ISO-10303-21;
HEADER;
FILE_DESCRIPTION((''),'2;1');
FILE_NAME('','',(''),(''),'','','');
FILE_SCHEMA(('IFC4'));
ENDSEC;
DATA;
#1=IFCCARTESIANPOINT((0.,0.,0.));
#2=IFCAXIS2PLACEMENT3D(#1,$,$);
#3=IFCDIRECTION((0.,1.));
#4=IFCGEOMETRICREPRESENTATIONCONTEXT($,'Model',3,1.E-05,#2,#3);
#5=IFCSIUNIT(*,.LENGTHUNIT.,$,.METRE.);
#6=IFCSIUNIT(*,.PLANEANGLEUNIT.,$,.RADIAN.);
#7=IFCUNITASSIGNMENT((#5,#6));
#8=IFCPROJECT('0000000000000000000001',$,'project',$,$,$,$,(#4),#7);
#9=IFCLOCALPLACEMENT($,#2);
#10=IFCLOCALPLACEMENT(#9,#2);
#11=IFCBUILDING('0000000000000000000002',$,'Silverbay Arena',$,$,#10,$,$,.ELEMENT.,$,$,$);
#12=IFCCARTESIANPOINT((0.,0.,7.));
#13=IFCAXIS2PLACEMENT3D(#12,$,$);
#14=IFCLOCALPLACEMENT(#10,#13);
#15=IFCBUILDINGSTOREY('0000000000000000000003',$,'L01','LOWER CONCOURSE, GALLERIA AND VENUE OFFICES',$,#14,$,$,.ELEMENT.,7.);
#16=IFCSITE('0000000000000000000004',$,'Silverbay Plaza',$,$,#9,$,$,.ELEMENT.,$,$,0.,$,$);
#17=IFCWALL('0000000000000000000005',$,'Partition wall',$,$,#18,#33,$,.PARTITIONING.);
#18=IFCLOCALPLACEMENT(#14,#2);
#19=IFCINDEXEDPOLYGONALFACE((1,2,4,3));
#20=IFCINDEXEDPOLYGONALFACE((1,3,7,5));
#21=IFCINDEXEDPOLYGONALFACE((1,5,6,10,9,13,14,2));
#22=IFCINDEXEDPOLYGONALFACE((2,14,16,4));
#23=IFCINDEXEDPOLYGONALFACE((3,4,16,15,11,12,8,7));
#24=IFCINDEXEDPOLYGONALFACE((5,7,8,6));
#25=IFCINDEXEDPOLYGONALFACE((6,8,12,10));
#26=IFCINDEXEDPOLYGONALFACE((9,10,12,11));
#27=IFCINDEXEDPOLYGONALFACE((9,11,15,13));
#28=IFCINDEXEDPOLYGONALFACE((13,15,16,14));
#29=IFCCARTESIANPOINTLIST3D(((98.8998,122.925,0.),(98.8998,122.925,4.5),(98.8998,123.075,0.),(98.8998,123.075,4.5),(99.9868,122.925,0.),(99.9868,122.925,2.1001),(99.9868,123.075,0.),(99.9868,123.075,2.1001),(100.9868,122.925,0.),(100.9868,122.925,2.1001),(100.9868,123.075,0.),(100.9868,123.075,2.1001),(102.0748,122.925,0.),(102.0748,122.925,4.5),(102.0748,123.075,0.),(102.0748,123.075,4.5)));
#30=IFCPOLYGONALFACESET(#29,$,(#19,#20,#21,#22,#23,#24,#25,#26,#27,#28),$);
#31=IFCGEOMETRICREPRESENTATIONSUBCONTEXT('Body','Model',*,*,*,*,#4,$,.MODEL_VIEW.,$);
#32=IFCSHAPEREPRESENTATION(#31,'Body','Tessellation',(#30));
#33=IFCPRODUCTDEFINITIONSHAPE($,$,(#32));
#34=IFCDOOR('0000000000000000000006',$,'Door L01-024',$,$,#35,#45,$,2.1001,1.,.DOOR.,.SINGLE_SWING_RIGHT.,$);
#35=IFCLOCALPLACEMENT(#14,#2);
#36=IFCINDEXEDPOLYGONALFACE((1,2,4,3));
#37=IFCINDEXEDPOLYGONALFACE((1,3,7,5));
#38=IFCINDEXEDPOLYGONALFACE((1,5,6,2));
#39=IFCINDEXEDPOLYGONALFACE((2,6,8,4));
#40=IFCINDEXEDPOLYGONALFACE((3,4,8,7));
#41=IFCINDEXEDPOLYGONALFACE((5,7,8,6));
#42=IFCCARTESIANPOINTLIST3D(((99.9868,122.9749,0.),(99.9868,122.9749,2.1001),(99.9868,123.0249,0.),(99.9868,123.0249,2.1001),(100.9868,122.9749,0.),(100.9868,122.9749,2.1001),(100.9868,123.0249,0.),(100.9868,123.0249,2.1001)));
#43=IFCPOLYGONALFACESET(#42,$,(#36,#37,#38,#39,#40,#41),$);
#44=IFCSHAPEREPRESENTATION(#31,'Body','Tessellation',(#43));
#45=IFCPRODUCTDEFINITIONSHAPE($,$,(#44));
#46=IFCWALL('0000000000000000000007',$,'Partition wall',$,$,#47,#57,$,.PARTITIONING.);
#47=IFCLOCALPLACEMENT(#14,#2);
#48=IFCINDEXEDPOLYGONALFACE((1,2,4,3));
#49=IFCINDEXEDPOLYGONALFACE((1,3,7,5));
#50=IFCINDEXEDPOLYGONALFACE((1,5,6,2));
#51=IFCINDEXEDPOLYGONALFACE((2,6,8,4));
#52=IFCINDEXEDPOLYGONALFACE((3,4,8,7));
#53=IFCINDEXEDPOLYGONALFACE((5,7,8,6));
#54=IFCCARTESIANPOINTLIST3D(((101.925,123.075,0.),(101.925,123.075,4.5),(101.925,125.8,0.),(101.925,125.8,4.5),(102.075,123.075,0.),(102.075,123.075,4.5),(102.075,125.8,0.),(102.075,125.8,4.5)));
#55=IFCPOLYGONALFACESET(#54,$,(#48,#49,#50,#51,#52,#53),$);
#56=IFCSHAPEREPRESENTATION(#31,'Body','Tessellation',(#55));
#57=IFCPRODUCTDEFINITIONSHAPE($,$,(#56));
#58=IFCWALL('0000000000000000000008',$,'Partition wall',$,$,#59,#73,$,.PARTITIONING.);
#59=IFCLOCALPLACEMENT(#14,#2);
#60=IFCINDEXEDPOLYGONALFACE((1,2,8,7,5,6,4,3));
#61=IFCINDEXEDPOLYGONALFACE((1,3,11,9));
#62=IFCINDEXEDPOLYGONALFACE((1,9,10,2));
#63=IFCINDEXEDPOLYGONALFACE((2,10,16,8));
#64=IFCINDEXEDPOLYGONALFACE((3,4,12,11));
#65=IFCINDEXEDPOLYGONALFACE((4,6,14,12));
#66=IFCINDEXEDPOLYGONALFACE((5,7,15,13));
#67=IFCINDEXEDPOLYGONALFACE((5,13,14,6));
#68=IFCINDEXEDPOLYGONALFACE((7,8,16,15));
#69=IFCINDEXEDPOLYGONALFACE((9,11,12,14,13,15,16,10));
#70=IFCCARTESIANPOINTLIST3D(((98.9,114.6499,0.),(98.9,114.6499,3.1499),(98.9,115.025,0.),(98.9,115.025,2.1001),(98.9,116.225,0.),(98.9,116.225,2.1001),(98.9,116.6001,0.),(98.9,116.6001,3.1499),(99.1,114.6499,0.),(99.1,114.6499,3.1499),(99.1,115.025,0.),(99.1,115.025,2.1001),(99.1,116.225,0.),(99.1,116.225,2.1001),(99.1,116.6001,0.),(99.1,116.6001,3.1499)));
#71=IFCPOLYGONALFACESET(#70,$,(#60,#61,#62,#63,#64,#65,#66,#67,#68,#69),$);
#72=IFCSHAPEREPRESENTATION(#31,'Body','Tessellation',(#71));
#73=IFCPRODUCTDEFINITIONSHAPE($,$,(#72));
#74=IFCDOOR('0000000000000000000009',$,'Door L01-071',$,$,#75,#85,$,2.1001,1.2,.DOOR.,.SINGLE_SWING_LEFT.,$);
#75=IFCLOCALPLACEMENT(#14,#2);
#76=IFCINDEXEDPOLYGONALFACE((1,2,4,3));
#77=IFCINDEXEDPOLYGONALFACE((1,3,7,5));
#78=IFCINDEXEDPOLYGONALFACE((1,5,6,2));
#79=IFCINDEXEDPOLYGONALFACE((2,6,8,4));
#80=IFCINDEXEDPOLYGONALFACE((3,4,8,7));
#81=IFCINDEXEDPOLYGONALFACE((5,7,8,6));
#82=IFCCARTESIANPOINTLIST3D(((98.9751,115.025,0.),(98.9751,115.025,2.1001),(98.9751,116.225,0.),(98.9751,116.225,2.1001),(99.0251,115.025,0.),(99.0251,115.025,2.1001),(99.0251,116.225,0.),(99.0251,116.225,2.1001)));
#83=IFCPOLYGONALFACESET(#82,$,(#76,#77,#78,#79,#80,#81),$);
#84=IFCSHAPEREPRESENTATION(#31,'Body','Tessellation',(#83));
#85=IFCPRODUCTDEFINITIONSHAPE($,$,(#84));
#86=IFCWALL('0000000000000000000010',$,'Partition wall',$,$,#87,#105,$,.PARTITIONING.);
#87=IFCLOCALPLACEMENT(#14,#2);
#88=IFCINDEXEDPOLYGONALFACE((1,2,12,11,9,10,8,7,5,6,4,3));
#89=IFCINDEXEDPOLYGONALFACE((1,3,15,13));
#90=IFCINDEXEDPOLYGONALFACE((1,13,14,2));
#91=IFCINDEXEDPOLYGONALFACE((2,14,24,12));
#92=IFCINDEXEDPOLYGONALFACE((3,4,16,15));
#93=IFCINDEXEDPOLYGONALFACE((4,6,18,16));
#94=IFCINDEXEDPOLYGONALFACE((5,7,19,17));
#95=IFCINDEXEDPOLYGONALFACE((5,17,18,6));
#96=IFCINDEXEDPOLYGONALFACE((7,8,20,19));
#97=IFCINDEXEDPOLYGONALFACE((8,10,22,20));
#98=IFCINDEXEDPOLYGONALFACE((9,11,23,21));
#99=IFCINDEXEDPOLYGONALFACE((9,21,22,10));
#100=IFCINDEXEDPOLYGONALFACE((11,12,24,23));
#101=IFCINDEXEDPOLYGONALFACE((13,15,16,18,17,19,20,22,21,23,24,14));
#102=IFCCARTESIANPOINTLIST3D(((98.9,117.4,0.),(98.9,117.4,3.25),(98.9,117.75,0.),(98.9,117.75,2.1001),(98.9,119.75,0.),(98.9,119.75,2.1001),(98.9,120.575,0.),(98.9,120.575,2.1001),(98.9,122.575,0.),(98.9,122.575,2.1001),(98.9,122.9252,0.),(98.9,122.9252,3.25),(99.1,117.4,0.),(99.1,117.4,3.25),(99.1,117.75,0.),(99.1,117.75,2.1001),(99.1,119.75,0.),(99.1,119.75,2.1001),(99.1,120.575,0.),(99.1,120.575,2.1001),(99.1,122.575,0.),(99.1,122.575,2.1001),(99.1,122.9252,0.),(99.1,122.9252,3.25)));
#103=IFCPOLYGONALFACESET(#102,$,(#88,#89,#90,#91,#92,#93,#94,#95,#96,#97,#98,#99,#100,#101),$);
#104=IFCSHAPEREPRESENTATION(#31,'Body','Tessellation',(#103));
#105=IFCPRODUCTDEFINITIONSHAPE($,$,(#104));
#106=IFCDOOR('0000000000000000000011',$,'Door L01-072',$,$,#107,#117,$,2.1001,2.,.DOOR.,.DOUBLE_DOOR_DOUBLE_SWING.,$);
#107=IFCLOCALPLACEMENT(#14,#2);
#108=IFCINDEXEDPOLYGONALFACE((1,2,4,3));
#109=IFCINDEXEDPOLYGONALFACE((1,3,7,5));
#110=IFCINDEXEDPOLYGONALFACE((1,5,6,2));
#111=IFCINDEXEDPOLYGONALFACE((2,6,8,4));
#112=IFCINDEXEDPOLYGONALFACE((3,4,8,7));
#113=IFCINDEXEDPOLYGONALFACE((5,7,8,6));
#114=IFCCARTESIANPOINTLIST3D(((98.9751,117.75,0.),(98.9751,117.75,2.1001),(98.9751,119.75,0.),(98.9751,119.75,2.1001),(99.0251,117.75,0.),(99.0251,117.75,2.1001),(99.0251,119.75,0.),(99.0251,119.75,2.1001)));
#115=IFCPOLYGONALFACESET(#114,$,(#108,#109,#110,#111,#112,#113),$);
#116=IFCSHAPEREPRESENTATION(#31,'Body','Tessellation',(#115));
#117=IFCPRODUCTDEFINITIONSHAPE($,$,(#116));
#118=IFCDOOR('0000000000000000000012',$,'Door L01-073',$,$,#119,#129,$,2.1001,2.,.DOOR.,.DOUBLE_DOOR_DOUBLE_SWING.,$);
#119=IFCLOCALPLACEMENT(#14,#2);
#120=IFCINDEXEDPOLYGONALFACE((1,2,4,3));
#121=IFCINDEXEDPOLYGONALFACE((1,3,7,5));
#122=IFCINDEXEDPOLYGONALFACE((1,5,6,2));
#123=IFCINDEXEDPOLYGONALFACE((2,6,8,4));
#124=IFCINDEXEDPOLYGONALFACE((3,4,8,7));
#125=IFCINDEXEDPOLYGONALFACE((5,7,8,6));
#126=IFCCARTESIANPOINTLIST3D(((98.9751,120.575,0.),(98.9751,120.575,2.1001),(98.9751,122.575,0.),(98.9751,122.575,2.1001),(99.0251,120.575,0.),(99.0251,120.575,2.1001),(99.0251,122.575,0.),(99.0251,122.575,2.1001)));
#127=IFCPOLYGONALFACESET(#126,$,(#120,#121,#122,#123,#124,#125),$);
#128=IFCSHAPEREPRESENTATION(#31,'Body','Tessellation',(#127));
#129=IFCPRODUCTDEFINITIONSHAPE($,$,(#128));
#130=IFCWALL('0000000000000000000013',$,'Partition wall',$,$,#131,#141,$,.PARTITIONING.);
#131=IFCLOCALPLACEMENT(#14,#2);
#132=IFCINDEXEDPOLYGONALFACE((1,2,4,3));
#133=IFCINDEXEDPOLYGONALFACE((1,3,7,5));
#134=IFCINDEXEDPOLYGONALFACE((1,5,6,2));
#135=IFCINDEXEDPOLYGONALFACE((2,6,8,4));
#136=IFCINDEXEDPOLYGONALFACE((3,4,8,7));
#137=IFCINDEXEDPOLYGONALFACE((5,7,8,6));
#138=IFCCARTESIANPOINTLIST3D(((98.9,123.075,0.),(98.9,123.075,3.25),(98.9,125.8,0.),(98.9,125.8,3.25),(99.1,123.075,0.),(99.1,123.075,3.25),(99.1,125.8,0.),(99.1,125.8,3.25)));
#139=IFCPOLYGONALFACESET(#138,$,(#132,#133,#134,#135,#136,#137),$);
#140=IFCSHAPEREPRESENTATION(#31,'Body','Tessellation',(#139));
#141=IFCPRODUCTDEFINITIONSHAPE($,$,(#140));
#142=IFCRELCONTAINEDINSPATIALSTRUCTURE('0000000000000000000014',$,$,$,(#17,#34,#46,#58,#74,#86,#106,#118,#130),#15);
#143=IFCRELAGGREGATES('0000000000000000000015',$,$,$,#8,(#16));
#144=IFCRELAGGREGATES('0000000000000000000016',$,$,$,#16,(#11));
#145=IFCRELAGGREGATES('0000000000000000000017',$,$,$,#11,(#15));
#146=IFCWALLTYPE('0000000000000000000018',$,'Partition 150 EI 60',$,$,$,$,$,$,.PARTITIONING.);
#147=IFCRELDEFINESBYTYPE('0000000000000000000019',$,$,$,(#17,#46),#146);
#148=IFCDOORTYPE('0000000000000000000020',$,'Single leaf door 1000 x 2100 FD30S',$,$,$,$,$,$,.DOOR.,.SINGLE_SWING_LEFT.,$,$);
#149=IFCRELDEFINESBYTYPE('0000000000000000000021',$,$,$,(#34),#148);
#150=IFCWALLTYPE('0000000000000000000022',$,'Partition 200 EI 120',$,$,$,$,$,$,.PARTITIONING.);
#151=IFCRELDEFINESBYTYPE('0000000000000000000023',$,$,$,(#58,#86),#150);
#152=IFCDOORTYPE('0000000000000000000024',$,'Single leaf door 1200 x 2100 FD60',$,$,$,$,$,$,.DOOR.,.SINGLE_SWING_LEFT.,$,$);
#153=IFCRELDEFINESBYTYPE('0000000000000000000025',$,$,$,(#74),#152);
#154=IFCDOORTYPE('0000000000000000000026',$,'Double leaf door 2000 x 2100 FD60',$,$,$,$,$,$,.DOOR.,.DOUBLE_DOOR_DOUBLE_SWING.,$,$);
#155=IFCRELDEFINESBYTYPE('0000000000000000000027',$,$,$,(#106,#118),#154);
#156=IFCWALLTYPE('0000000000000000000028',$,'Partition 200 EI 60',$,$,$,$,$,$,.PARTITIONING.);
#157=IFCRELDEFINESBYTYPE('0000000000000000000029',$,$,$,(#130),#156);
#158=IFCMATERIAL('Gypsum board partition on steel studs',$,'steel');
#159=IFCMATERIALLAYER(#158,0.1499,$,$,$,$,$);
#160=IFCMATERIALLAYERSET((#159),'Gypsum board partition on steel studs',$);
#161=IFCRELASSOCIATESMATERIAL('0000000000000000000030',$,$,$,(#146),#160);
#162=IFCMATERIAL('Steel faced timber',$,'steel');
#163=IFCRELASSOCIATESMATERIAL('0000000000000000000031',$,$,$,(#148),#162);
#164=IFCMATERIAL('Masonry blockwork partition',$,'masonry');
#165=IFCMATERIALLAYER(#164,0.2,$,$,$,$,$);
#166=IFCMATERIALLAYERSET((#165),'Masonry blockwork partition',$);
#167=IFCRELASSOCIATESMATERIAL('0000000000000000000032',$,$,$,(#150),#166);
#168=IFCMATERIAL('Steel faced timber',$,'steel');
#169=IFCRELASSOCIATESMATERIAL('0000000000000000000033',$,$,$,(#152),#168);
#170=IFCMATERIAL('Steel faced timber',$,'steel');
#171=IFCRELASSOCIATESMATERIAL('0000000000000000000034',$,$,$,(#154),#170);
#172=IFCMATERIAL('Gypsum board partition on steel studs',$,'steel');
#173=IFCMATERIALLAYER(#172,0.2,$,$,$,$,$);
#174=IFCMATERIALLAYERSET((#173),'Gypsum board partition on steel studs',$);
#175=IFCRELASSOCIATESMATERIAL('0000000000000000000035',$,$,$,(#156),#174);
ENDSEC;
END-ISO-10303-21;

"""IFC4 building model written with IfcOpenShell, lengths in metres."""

from ifc_helpers import new_model, si_unit, direction, frame, frame_2d, origin, place, context, subcontext, project, spatial, rectangle, extrude, material, layer, layer_set, type_object, element, fill, save


model = new_model("IFC4")

# Units and contexts
model_context = context("Model", 3, precision=1e-05, world=origin(), true_north=direction((0.0, 1.0)))
body_context = subcontext(model_context, "Body", "Model", "MODEL_VIEW")
ifc_project = project(units=[si_unit("LENGTHUNIT", "METRE"), si_unit("PLANEANGLEUNIT", "RADIAN")], contexts=[model_context])

# Site, building, storey
site_placement = place(None, origin())
site = spatial("IfcSite", under=ifc_project, at=site_placement, Name="Silverbay Plaza", CompositionType="ELEMENT", RefElevation=0.0)
building_placement = place(site_placement, origin())
building = spatial("IfcBuilding", under=site, at=building_placement, Name="Silverbay Arena", CompositionType="ELEMENT")
storey_placement = place(building_placement, frame((0.0, 0.0, 7.0)))
storey = spatial("IfcBuildingStorey", under=building, at=storey_placement, Name="L01", Description="LOWER CONCOURSE, GALLERIA AND VENUE OFFICES", CompositionType="ELEMENT", Elevation=7.0)

# Wall, opening, door
ifc_material_1 = material(Name="Gypsum board partition on steel studs", Category="steel")
ifc_layer_1 = layer(ifc_material_1, 0.1499)
ifc_layer_set_1 = layer_set([ifc_layer_1], Name="Gypsum board partition on steel studs")
wall_type_1 = type_object("IfcWallType", Name="Partition 150 EI 60", PredefinedType="PARTITIONING", material=ifc_layer_set_1)
wall_1_placement = place(storey_placement, frame((98.8999, 123.0, 0.0), z_axis=(0.0, 0.0, 1.0), x_axis=(1.0, 0.0, 0.0)))
wall_1 = element("IfcWall", 1, at=wall_1_placement, inside=storey, type_object=wall_type_1, Name="Partition wall", PredefinedType="PARTITIONING", context=body_context, shape_type="SweptSolid", body=[
    extrude(rectangle(XDim=3.175, YDim=0.1499, at=frame_2d((1.5874, 0.0))), origin(), (0.0, 0.0, 1.0), 4.5),
])
opening_1_placement = place(wall_1_placement, frame((1.0869, 0.0, 0.0)))
opening_1 = element("IfcOpeningElement", 2, at=opening_1_placement, cuts=wall_1, PredefinedType="OPENING", context=body_context, shape_type="SweptSolid", body=[
    extrude(rectangle(XDim=1.0, YDim=2.1001, at=frame_2d((0.5, 1.05))), frame((0.0, 0.085, 0.0), z_axis=(0.0, -1.0, 0.0), x_axis=(1.0, 0.0, 0.0)), (0.0, 0.0, 1.0), 0.1699),
])
ifc_material_2 = material(Name="Steel faced timber", Category="steel")
door_type_1 = type_object("IfcDoorType", Name="Single leaf door 1000 x 2100 FD30S", OperationType="SINGLE_SWING_LEFT", PredefinedType="DOOR", material=ifc_material_2)
door_1_placement = place(opening_1_placement, origin())
door_1 = element("IfcDoor", 3, at=door_1_placement, inside=storey, type_object=door_type_1, Name="Door L01-024", OperationType="SINGLE_SWING_RIGHT", OverallHeight=2.1001, OverallWidth=1.0, PredefinedType="DOOR", context=body_context, shape_type="SweptSolid", body=[
    extrude(rectangle(XDim=1.0, YDim=2.1001, at=frame_2d((0.5, 1.05))), frame((0.0, 0.0249, 0.0), z_axis=(0.0, -1.0, 0.0), x_axis=(1.0, 0.0, 0.0)), (0.0, 0.0, 1.0), 0.05),
])
fill(opening_1, door_1)

# Wall
wall_2_placement = place(storey_placement, frame((102.0, 123.075, 0.0), z_axis=(0.0, 0.0, 1.0), x_axis=(0.0, 1.0, 0.0)))
element("IfcWall", 4, at=wall_2_placement, inside=storey, type_object=wall_type_1, Name="Partition wall", PredefinedType="PARTITIONING", context=body_context, shape_type="SweptSolid", body=[
    extrude(rectangle(XDim=2.7251, YDim=0.1499, at=frame_2d((1.3625, 0.0))), origin(), (0.0, 0.0, 1.0), 4.5),
])

# Wall, opening, door
ifc_material_3 = material(Name="Masonry blockwork partition", Category="masonry")
ifc_layer_2 = layer(ifc_material_3, 0.2)
ifc_layer_set_2 = layer_set([ifc_layer_2], Name="Masonry blockwork partition")
wall_type_2 = type_object("IfcWallType", Name="Partition 200 EI 120", PredefinedType="PARTITIONING", material=ifc_layer_set_2)
wall_3_placement = place(storey_placement, frame((99.0, 114.6499, 0.0), z_axis=(0.0, 0.0, 1.0), x_axis=(0.0, 1.0, 0.0)))
wall_3 = element("IfcWall", 5, at=wall_3_placement, inside=storey, type_object=wall_type_2, Name="Partition wall", PredefinedType="PARTITIONING", context=body_context, shape_type="SweptSolid", body=[
    extrude(rectangle(XDim=1.9502, YDim=0.2, at=frame_2d((0.9751, 0.0))), origin(), (0.0, 0.0, 1.0), 3.1499),
])
opening_2_placement = place(wall_3_placement, frame((0.375, 0.0, 0.0)))
opening_2 = element("IfcOpeningElement", 6, at=opening_2_placement, cuts=wall_3, PredefinedType="OPENING", context=body_context, shape_type="SweptSolid", body=[
    extrude(rectangle(XDim=1.2, YDim=2.1001, at=frame_2d((0.6001, 1.05))), frame((0.0, 0.1099, 0.0), z_axis=(0.0, -1.0, 0.0), x_axis=(1.0, 0.0, 0.0)), (0.0, 0.0, 1.0), 0.22),
])
ifc_material_4 = material(Name="Steel faced timber", Category="steel")
door_type_2 = type_object("IfcDoorType", Name="Single leaf door 1200 x 2100 FD60", OperationType="SINGLE_SWING_LEFT", PredefinedType="DOOR", material=ifc_material_4)
door_2_placement = place(opening_2_placement, origin())
door_2 = element("IfcDoor", 7, at=door_2_placement, inside=storey, type_object=door_type_2, Name="Door L01-071", OperationType="SINGLE_SWING_LEFT", OverallHeight=2.1001, OverallWidth=1.2, PredefinedType="DOOR", context=body_context, shape_type="SweptSolid", body=[
    extrude(rectangle(XDim=1.2, YDim=2.1001, at=frame_2d((0.6001, 1.05))), frame((0.0, 0.0249, 0.0), z_axis=(0.0, -1.0, 0.0), x_axis=(1.0, 0.0, 0.0)), (0.0, 0.0, 1.0), 0.05),
])
fill(opening_2, door_2)

# Wall, openings, doors
wall_4_placement = place(storey_placement, frame((99.0, 117.3999, 0.0), z_axis=(0.0, 0.0, 1.0), x_axis=(0.0, 1.0, 0.0)))
wall_4 = element("IfcWall", 8, at=wall_4_placement, inside=storey, type_object=wall_type_2, Name="Partition wall", PredefinedType="PARTITIONING", context=body_context, shape_type="SweptSolid", body=[
    extrude(rectangle(XDim=5.5251, YDim=0.2, at=frame_2d((2.7627, 0.0))), origin(), (0.0, 0.0, 1.0), 3.25),
])
opening_3_placement = place(wall_4_placement, frame((0.3501, 0.0, 0.0)))
opening_3 = element("IfcOpeningElement", 9, at=opening_3_placement, cuts=wall_4, PredefinedType="OPENING", context=body_context, shape_type="SweptSolid", body=[
    extrude(rectangle(XDim=2.0, YDim=2.1001, at=frame_2d((1.0, 1.05))), frame((0.0, 0.1099, 0.0), z_axis=(0.0, -1.0, 0.0), x_axis=(1.0, 0.0, 0.0)), (0.0, 0.0, 1.0), 0.22),
])
opening_4_placement = place(wall_4_placement, frame((3.175, 0.0, 0.0)))
opening_4 = element("IfcOpeningElement", 10, at=opening_4_placement, cuts=wall_4, PredefinedType="OPENING", context=body_context, shape_type="SweptSolid", body=[
    extrude(rectangle(XDim=2.0, YDim=2.1001, at=frame_2d((1.0, 1.05))), frame((0.0, 0.1099, 0.0), z_axis=(0.0, -1.0, 0.0), x_axis=(1.0, 0.0, 0.0)), (0.0, 0.0, 1.0), 0.22),
])
ifc_material_5 = material(Name="Steel faced timber", Category="steel")
door_type_3 = type_object("IfcDoorType", Name="Double leaf door 2000 x 2100 FD60", OperationType="DOUBLE_DOOR_DOUBLE_SWING", PredefinedType="DOOR", material=ifc_material_5)
door_3_placement = place(opening_3_placement, origin())
door_3 = element("IfcDoor", 11, at=door_3_placement, inside=storey, type_object=door_type_3, Name="Door L01-072", OperationType="DOUBLE_DOOR_DOUBLE_SWING", OverallHeight=2.1001, OverallWidth=2.0, PredefinedType="DOOR", context=body_context, shape_type="SweptSolid", body=[
    extrude(rectangle(XDim=2.0, YDim=2.1001, at=frame_2d((1.0, 1.05))), frame((0.0, 0.0249, 0.0), z_axis=(0.0, -1.0, 0.0), x_axis=(1.0, 0.0, 0.0)), (0.0, 0.0, 1.0), 0.05),
])
fill(opening_3, door_3)
door_4_placement = place(opening_4_placement, origin())
door_4 = element("IfcDoor", 12, at=door_4_placement, inside=storey, type_object=door_type_3, Name="Door L01-073", OperationType="DOUBLE_DOOR_DOUBLE_SWING", OverallHeight=2.1001, OverallWidth=2.0, PredefinedType="DOOR", context=body_context, shape_type="SweptSolid", body=[
    extrude(rectangle(XDim=2.0, YDim=2.1001, at=frame_2d((1.0, 1.05))), frame((0.0, 0.0249, 0.0), z_axis=(0.0, -1.0, 0.0), x_axis=(1.0, 0.0, 0.0)), (0.0, 0.0, 1.0), 0.05),
])
fill(opening_4, door_4)

# Wall
ifc_material_6 = material(Name="Gypsum board partition on steel studs", Category="steel")
ifc_layer_3 = layer(ifc_material_6, 0.2)
ifc_layer_set_3 = layer_set([ifc_layer_3], Name="Gypsum board partition on steel studs")
wall_type_3 = type_object("IfcWallType", Name="Partition 200 EI 60", PredefinedType="PARTITIONING", material=ifc_layer_set_3)
wall_5_placement = place(storey_placement, frame((99.0, 123.075, 0.0), z_axis=(0.0, 0.0, 1.0), x_axis=(0.0, 1.0, 0.0)))
element("IfcWall", 13, at=wall_5_placement, inside=storey, type_object=wall_type_3, Name="Partition wall", PredefinedType="PARTITIONING", context=body_context, shape_type="SweptSolid", body=[
    extrude(rectangle(XDim=2.7251, YDim=0.2, at=frame_2d((1.3625, 0.0))), origin(), (0.0, 0.0, 1.0), 3.25),
])

save(model, "model.ifc")
